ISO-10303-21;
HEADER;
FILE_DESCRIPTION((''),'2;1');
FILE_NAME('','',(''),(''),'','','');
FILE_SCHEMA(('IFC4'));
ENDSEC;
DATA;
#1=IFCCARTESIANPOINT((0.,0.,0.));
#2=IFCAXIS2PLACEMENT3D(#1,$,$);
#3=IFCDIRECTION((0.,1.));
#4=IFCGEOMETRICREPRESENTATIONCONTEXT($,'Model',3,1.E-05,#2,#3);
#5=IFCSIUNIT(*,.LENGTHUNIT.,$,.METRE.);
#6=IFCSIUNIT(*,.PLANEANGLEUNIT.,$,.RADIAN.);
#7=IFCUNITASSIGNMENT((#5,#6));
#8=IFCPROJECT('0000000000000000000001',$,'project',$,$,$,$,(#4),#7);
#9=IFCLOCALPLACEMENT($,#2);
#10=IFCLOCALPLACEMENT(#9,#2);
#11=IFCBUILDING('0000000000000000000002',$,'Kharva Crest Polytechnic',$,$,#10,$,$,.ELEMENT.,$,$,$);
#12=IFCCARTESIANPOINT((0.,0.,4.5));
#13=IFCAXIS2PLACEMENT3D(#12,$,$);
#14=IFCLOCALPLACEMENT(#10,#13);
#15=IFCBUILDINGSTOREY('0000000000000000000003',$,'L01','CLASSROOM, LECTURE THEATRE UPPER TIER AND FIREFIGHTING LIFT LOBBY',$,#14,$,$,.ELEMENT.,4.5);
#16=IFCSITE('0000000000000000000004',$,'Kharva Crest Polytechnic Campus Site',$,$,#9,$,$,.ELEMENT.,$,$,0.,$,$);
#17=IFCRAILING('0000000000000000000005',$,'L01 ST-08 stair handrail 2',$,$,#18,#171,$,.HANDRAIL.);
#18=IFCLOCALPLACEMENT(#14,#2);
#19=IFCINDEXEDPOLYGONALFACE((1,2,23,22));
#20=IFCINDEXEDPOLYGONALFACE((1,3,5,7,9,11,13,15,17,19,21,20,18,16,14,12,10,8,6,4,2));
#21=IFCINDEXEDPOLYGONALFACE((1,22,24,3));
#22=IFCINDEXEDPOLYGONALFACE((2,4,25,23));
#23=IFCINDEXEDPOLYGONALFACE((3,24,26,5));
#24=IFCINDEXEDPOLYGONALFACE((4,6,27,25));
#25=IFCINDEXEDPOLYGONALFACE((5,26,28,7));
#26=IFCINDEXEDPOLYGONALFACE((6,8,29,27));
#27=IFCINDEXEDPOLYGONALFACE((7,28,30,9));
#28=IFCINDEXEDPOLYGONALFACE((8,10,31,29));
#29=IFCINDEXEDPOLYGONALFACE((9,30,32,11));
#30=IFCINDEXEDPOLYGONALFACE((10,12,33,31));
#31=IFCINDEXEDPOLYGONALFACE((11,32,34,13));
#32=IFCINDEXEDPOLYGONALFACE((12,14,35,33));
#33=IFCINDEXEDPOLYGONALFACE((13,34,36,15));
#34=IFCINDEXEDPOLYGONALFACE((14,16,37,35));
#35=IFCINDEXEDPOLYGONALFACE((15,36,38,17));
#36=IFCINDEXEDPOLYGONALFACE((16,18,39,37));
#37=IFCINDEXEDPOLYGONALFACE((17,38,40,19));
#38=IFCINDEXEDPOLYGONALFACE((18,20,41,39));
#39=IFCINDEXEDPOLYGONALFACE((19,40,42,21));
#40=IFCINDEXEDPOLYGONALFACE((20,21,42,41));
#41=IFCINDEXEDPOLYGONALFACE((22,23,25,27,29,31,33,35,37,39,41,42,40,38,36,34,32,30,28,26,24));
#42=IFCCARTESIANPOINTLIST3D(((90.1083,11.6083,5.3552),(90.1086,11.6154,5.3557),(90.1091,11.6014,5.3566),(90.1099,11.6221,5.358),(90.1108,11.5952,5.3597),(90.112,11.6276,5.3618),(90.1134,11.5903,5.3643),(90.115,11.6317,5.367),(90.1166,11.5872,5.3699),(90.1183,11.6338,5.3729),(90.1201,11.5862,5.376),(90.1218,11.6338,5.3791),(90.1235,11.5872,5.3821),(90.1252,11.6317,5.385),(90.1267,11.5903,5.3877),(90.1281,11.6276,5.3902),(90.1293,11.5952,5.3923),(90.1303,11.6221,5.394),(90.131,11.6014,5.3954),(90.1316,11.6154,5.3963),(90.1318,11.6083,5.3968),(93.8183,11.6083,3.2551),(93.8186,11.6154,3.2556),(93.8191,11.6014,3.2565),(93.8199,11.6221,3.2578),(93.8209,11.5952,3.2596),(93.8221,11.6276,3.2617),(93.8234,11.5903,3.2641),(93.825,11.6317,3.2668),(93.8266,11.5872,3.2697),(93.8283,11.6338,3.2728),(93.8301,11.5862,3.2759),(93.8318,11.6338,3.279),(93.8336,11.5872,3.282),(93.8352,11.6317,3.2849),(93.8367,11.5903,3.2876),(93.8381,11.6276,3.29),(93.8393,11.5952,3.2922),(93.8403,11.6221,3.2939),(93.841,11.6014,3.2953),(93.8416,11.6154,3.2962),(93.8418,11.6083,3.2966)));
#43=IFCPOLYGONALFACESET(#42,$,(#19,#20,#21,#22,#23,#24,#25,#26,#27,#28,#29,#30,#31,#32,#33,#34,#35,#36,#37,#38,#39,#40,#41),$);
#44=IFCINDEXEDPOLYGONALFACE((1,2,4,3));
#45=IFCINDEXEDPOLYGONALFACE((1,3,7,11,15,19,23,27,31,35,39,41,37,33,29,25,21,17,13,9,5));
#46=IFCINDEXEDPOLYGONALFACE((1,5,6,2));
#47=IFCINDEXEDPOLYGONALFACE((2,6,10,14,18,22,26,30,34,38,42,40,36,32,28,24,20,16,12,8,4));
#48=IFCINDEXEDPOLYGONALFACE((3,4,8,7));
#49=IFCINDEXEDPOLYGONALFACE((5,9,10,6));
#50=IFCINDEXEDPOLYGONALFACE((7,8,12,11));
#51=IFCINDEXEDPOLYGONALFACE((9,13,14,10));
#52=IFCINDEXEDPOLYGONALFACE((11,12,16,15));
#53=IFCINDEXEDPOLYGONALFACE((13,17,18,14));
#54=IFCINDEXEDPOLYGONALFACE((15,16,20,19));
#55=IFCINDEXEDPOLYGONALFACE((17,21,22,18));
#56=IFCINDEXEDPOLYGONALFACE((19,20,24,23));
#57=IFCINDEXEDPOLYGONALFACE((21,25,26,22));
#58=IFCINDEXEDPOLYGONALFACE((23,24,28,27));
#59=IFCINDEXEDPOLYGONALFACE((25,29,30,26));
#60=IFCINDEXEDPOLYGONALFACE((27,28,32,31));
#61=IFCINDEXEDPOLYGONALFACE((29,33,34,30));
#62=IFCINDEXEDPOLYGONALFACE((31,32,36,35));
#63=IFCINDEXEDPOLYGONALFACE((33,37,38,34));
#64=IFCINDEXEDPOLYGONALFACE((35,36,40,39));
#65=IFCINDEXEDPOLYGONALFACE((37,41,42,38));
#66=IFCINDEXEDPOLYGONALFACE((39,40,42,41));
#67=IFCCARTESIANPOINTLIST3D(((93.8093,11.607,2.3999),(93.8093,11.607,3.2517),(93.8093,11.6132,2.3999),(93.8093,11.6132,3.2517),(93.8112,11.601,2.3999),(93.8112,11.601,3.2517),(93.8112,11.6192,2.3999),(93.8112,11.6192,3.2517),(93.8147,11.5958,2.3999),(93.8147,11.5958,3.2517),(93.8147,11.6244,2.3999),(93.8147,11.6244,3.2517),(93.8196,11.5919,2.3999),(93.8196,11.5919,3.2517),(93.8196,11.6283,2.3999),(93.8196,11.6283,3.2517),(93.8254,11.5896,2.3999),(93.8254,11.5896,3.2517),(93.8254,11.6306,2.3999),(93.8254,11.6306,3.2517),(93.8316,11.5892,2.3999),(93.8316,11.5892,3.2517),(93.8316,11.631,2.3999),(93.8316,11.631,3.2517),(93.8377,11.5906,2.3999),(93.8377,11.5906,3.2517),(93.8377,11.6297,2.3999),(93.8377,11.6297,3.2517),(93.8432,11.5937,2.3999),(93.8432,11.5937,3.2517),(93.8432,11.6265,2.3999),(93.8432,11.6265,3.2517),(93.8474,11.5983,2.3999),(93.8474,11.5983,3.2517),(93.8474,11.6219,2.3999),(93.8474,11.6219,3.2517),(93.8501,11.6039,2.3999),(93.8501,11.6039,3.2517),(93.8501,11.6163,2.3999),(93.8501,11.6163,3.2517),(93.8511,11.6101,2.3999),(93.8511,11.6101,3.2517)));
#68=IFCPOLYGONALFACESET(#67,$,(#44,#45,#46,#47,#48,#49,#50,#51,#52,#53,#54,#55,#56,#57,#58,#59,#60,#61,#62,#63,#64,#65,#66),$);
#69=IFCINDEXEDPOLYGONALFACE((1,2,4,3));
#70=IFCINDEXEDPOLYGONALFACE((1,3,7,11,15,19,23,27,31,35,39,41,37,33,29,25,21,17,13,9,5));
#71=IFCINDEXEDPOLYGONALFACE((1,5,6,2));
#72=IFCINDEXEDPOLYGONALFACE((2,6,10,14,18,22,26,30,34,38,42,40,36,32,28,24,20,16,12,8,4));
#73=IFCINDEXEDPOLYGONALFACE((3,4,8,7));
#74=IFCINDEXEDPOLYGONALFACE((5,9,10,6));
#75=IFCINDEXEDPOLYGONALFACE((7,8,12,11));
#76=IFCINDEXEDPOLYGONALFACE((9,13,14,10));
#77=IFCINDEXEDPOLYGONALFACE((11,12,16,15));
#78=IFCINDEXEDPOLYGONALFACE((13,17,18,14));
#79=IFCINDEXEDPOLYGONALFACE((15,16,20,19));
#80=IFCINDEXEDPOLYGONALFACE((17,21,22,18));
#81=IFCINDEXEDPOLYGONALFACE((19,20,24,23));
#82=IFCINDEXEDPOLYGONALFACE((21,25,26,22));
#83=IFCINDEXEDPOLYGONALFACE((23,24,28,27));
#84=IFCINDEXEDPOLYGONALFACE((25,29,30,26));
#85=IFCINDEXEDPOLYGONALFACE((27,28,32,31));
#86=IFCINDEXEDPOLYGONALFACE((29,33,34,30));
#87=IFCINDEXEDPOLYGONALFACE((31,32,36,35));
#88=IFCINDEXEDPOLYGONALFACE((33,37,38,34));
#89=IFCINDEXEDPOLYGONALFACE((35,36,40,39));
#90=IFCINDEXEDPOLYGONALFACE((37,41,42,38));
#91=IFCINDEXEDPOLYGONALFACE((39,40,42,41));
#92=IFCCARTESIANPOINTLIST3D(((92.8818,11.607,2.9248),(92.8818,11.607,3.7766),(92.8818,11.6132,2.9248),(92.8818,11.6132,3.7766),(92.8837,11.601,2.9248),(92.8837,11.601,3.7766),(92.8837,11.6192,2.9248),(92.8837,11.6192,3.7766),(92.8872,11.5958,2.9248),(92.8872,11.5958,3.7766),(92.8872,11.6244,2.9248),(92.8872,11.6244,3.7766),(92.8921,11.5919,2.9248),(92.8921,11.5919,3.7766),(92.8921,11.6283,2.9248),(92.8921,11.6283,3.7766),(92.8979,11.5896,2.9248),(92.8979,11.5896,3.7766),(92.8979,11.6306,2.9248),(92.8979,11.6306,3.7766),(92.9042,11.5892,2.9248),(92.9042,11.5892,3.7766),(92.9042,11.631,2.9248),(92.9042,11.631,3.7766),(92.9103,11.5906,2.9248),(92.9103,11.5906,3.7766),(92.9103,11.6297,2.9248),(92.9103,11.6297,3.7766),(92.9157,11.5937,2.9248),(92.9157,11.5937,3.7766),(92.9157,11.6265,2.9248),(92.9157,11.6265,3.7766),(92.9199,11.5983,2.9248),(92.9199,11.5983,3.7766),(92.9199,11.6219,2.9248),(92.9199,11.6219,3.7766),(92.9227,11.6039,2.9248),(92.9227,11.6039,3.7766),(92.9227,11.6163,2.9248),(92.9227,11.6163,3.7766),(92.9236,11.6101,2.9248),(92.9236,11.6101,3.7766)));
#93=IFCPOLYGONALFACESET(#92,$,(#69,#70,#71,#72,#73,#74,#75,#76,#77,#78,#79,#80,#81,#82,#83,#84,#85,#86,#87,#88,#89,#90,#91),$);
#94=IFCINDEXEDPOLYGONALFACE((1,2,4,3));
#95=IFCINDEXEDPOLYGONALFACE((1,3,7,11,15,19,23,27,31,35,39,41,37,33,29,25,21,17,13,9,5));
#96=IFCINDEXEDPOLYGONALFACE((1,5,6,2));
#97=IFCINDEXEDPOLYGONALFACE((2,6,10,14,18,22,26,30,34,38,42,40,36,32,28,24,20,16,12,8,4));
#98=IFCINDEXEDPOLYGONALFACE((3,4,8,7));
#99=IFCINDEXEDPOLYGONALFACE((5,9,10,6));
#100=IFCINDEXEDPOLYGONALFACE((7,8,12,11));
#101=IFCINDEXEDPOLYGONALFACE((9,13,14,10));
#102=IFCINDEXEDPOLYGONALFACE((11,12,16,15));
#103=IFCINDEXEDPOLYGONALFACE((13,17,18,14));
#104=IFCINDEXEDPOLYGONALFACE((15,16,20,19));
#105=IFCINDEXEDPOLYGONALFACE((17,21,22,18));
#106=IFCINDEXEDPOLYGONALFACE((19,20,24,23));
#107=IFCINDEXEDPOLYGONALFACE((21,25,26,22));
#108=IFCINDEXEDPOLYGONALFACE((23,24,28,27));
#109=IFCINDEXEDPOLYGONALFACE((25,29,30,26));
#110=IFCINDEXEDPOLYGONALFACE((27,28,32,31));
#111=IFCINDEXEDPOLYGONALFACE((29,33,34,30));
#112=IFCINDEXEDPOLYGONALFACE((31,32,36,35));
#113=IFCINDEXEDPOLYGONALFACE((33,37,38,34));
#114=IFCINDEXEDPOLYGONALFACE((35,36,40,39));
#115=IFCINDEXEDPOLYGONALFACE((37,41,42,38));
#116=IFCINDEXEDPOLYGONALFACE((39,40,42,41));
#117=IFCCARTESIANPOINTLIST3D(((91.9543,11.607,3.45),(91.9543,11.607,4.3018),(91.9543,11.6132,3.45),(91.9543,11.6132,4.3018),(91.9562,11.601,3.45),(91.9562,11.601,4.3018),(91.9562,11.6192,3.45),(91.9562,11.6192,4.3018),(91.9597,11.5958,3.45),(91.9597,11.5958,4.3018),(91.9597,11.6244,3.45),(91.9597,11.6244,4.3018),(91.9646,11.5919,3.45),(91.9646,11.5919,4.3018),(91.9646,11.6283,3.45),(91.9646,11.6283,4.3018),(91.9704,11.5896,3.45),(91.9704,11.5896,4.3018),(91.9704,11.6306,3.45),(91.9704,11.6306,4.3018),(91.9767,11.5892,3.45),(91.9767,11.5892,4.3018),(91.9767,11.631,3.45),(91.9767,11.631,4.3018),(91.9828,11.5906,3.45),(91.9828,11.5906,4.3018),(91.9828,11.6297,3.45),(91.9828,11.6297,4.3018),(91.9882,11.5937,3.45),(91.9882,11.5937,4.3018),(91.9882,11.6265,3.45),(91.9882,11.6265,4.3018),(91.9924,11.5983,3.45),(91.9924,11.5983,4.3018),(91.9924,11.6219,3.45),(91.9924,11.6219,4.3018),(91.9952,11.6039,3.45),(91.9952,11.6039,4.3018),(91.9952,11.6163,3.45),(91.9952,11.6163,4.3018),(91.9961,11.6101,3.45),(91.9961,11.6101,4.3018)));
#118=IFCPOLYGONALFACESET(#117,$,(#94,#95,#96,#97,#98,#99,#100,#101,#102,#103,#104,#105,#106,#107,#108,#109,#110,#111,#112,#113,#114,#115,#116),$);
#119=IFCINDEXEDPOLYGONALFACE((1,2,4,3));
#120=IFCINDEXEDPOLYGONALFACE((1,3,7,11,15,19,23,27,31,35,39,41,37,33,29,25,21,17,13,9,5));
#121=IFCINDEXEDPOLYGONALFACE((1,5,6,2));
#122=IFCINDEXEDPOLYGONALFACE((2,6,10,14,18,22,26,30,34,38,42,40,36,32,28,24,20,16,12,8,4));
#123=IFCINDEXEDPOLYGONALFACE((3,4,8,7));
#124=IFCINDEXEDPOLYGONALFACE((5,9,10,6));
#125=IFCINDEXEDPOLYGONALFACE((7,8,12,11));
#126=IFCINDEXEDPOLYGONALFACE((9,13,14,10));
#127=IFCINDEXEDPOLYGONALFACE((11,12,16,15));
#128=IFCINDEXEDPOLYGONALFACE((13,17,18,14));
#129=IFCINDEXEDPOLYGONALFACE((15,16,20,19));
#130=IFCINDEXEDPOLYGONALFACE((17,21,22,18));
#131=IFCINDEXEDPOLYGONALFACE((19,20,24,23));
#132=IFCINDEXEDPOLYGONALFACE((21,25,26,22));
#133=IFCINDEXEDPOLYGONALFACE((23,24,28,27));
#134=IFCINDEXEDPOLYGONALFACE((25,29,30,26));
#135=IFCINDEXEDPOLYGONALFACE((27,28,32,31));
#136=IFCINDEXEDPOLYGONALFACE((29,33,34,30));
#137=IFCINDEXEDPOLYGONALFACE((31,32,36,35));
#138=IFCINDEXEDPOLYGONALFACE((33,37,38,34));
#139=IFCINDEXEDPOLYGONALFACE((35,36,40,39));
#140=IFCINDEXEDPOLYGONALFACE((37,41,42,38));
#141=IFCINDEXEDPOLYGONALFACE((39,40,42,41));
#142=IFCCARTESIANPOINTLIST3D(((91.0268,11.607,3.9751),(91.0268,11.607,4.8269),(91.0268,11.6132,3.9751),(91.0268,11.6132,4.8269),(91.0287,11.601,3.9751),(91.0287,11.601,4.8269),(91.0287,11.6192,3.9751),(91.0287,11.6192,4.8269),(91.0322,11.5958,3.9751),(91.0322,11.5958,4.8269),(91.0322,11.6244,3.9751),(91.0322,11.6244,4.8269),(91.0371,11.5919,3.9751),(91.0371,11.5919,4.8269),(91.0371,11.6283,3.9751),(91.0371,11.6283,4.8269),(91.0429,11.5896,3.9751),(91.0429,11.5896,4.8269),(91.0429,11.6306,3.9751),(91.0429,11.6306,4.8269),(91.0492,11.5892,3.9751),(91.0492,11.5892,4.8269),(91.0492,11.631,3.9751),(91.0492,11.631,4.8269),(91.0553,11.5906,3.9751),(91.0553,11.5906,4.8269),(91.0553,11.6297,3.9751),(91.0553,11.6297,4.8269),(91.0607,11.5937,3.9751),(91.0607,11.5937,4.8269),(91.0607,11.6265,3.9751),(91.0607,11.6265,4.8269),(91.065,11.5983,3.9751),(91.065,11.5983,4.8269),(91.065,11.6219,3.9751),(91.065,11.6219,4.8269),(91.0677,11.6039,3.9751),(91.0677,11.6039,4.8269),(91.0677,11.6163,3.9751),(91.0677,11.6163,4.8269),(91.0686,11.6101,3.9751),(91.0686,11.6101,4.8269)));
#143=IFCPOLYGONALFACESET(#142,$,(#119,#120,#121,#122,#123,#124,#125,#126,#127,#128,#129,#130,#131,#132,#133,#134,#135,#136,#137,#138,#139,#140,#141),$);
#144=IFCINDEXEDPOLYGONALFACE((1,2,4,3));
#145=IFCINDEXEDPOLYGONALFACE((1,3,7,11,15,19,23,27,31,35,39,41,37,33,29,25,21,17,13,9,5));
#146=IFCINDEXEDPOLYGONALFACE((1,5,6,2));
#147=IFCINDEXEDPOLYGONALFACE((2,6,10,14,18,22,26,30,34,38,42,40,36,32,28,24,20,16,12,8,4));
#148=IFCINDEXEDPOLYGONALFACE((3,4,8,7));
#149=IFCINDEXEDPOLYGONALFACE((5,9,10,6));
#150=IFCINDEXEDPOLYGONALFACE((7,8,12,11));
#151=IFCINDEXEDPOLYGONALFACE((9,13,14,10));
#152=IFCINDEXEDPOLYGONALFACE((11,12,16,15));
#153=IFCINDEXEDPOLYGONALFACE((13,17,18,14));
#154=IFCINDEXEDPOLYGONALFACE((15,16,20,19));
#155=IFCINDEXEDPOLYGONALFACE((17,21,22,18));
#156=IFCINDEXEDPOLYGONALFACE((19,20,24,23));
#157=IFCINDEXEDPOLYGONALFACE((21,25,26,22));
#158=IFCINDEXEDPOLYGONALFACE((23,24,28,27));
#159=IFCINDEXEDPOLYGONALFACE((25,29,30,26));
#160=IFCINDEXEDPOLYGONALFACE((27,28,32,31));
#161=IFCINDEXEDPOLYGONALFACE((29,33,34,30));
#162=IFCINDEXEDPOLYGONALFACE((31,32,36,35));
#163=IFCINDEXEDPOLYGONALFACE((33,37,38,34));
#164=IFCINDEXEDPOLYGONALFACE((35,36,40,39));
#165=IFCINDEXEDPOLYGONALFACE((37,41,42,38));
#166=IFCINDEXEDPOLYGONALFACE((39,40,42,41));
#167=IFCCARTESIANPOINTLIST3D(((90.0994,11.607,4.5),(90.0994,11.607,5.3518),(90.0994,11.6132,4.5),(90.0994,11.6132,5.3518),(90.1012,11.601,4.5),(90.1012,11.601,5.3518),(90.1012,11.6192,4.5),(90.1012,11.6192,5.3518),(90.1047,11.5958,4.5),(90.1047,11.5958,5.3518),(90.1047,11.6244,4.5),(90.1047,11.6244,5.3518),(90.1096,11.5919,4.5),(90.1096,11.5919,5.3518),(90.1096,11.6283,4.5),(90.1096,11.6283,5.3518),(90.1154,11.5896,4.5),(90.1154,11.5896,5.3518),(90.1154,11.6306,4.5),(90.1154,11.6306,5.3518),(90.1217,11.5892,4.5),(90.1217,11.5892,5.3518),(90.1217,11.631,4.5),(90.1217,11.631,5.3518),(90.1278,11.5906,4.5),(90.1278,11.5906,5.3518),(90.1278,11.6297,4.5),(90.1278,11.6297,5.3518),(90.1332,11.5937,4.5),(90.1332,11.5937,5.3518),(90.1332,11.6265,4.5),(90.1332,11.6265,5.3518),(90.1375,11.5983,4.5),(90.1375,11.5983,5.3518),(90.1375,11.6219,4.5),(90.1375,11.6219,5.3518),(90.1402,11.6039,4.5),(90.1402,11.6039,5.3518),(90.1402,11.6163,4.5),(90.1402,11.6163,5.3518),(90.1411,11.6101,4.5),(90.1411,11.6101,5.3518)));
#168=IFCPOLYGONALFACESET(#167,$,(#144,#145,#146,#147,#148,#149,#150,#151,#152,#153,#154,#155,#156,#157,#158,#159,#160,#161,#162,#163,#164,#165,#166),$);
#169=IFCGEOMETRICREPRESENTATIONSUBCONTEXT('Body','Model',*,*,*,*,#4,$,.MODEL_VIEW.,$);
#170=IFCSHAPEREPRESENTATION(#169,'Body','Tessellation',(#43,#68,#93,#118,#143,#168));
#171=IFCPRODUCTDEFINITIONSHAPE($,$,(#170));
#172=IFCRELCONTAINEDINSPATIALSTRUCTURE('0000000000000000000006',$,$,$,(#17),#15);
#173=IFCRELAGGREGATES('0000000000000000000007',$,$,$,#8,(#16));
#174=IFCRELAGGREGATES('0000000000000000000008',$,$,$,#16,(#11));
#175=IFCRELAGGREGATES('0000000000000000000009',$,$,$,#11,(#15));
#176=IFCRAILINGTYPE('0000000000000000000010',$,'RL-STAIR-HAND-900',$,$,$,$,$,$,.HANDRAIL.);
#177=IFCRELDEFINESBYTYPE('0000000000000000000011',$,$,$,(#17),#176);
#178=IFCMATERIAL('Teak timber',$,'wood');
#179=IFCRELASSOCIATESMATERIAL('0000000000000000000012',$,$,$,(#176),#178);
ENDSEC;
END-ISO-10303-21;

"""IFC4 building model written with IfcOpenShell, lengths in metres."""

from ifc_helpers import new_model, si_unit, direction, frame, origin, origin_2d, place, context, subcontext, project, spatial, circle, extrude, material, type_object, element, save


model = new_model("IFC4")

# Units and contexts
model_context = context("Model", 3, precision=1e-05, world=origin(), true_north=direction((0.0, 1.0)))
body_context = subcontext(model_context, "Body", "Model", "MODEL_VIEW")
ifc_project = project(units=[si_unit("LENGTHUNIT", "METRE"), si_unit("PLANEANGLEUNIT", "RADIAN")], contexts=[model_context])

# Site, building, storey
site_placement = place(None, origin())
site = spatial("IfcSite", under=ifc_project, at=site_placement, Name="Kharva Crest Polytechnic Campus Site", CompositionType="ELEMENT", RefElevation=0.0)
building_placement = place(site_placement, origin())
building = spatial("IfcBuilding", under=site, at=building_placement, Name="Kharva Crest Polytechnic", CompositionType="ELEMENT")
storey_placement = place(building_placement, frame((0.0, 0.0, 4.5)))
storey = spatial("IfcBuildingStorey", under=building, at=storey_placement, Name="L01", Description="CLASSROOM, LECTURE THEATRE UPPER TIER AND FIREFIGHTING LIFT LOBBY", CompositionType="ELEMENT", Elevation=4.5)

# Shared definitions
ifc_material_1 = material(Name="Teak timber", Category="wood")

# Railing
railing_type_1 = type_object("IfcRailingType", Name="RL-STAIR-HAND-900", PredefinedType="HANDRAIL", material=ifc_material_1)
railing_1_placement = place(storey_placement, frame((93.8301, 11.6101, 2.3999)))
element("IfcRailing", 1, at=railing_1_placement, inside=storey, type_object=railing_type_1, Name="L01 ST-08 stair handrail 2", PredefinedType="HANDRAIL", context=body_context, shape_type="SweptSolid", body=[
    extrude(circle(Radius=0.0239, at=origin_2d()), frame((0.0, 0.0, 0.876), z_axis=(-0.870245, 0.0, 0.492619), x_axis=(0.0, -1.0, 0.0)), (0.0, 0.0, 1.0), 4.2632),
    extrude(circle(Radius=0.021, at=origin_2d()), origin(), (0.0, 0.0, 1.0), 0.8518),
    extrude(circle(Radius=0.021, at=origin_2d()), frame((-0.9275, 0.0, 0.5249)), (0.0, 0.0, 1.0), 0.8518),
    extrude(circle(Radius=0.021, at=origin_2d()), frame((-1.855, 0.0, 1.05)), (0.0, 0.0, 1.0), 0.8518),
    extrude(circle(Radius=0.021, at=origin_2d()), frame((-2.7825, 0.0, 1.5752)), (0.0, 0.0, 1.0), 0.8518),
    extrude(circle(Radius=0.021, at=origin_2d()), frame((-3.71, 0.0, 2.1001)), (0.0, 0.0, 1.0), 0.8518),
])

save(model, "model.ifc")
